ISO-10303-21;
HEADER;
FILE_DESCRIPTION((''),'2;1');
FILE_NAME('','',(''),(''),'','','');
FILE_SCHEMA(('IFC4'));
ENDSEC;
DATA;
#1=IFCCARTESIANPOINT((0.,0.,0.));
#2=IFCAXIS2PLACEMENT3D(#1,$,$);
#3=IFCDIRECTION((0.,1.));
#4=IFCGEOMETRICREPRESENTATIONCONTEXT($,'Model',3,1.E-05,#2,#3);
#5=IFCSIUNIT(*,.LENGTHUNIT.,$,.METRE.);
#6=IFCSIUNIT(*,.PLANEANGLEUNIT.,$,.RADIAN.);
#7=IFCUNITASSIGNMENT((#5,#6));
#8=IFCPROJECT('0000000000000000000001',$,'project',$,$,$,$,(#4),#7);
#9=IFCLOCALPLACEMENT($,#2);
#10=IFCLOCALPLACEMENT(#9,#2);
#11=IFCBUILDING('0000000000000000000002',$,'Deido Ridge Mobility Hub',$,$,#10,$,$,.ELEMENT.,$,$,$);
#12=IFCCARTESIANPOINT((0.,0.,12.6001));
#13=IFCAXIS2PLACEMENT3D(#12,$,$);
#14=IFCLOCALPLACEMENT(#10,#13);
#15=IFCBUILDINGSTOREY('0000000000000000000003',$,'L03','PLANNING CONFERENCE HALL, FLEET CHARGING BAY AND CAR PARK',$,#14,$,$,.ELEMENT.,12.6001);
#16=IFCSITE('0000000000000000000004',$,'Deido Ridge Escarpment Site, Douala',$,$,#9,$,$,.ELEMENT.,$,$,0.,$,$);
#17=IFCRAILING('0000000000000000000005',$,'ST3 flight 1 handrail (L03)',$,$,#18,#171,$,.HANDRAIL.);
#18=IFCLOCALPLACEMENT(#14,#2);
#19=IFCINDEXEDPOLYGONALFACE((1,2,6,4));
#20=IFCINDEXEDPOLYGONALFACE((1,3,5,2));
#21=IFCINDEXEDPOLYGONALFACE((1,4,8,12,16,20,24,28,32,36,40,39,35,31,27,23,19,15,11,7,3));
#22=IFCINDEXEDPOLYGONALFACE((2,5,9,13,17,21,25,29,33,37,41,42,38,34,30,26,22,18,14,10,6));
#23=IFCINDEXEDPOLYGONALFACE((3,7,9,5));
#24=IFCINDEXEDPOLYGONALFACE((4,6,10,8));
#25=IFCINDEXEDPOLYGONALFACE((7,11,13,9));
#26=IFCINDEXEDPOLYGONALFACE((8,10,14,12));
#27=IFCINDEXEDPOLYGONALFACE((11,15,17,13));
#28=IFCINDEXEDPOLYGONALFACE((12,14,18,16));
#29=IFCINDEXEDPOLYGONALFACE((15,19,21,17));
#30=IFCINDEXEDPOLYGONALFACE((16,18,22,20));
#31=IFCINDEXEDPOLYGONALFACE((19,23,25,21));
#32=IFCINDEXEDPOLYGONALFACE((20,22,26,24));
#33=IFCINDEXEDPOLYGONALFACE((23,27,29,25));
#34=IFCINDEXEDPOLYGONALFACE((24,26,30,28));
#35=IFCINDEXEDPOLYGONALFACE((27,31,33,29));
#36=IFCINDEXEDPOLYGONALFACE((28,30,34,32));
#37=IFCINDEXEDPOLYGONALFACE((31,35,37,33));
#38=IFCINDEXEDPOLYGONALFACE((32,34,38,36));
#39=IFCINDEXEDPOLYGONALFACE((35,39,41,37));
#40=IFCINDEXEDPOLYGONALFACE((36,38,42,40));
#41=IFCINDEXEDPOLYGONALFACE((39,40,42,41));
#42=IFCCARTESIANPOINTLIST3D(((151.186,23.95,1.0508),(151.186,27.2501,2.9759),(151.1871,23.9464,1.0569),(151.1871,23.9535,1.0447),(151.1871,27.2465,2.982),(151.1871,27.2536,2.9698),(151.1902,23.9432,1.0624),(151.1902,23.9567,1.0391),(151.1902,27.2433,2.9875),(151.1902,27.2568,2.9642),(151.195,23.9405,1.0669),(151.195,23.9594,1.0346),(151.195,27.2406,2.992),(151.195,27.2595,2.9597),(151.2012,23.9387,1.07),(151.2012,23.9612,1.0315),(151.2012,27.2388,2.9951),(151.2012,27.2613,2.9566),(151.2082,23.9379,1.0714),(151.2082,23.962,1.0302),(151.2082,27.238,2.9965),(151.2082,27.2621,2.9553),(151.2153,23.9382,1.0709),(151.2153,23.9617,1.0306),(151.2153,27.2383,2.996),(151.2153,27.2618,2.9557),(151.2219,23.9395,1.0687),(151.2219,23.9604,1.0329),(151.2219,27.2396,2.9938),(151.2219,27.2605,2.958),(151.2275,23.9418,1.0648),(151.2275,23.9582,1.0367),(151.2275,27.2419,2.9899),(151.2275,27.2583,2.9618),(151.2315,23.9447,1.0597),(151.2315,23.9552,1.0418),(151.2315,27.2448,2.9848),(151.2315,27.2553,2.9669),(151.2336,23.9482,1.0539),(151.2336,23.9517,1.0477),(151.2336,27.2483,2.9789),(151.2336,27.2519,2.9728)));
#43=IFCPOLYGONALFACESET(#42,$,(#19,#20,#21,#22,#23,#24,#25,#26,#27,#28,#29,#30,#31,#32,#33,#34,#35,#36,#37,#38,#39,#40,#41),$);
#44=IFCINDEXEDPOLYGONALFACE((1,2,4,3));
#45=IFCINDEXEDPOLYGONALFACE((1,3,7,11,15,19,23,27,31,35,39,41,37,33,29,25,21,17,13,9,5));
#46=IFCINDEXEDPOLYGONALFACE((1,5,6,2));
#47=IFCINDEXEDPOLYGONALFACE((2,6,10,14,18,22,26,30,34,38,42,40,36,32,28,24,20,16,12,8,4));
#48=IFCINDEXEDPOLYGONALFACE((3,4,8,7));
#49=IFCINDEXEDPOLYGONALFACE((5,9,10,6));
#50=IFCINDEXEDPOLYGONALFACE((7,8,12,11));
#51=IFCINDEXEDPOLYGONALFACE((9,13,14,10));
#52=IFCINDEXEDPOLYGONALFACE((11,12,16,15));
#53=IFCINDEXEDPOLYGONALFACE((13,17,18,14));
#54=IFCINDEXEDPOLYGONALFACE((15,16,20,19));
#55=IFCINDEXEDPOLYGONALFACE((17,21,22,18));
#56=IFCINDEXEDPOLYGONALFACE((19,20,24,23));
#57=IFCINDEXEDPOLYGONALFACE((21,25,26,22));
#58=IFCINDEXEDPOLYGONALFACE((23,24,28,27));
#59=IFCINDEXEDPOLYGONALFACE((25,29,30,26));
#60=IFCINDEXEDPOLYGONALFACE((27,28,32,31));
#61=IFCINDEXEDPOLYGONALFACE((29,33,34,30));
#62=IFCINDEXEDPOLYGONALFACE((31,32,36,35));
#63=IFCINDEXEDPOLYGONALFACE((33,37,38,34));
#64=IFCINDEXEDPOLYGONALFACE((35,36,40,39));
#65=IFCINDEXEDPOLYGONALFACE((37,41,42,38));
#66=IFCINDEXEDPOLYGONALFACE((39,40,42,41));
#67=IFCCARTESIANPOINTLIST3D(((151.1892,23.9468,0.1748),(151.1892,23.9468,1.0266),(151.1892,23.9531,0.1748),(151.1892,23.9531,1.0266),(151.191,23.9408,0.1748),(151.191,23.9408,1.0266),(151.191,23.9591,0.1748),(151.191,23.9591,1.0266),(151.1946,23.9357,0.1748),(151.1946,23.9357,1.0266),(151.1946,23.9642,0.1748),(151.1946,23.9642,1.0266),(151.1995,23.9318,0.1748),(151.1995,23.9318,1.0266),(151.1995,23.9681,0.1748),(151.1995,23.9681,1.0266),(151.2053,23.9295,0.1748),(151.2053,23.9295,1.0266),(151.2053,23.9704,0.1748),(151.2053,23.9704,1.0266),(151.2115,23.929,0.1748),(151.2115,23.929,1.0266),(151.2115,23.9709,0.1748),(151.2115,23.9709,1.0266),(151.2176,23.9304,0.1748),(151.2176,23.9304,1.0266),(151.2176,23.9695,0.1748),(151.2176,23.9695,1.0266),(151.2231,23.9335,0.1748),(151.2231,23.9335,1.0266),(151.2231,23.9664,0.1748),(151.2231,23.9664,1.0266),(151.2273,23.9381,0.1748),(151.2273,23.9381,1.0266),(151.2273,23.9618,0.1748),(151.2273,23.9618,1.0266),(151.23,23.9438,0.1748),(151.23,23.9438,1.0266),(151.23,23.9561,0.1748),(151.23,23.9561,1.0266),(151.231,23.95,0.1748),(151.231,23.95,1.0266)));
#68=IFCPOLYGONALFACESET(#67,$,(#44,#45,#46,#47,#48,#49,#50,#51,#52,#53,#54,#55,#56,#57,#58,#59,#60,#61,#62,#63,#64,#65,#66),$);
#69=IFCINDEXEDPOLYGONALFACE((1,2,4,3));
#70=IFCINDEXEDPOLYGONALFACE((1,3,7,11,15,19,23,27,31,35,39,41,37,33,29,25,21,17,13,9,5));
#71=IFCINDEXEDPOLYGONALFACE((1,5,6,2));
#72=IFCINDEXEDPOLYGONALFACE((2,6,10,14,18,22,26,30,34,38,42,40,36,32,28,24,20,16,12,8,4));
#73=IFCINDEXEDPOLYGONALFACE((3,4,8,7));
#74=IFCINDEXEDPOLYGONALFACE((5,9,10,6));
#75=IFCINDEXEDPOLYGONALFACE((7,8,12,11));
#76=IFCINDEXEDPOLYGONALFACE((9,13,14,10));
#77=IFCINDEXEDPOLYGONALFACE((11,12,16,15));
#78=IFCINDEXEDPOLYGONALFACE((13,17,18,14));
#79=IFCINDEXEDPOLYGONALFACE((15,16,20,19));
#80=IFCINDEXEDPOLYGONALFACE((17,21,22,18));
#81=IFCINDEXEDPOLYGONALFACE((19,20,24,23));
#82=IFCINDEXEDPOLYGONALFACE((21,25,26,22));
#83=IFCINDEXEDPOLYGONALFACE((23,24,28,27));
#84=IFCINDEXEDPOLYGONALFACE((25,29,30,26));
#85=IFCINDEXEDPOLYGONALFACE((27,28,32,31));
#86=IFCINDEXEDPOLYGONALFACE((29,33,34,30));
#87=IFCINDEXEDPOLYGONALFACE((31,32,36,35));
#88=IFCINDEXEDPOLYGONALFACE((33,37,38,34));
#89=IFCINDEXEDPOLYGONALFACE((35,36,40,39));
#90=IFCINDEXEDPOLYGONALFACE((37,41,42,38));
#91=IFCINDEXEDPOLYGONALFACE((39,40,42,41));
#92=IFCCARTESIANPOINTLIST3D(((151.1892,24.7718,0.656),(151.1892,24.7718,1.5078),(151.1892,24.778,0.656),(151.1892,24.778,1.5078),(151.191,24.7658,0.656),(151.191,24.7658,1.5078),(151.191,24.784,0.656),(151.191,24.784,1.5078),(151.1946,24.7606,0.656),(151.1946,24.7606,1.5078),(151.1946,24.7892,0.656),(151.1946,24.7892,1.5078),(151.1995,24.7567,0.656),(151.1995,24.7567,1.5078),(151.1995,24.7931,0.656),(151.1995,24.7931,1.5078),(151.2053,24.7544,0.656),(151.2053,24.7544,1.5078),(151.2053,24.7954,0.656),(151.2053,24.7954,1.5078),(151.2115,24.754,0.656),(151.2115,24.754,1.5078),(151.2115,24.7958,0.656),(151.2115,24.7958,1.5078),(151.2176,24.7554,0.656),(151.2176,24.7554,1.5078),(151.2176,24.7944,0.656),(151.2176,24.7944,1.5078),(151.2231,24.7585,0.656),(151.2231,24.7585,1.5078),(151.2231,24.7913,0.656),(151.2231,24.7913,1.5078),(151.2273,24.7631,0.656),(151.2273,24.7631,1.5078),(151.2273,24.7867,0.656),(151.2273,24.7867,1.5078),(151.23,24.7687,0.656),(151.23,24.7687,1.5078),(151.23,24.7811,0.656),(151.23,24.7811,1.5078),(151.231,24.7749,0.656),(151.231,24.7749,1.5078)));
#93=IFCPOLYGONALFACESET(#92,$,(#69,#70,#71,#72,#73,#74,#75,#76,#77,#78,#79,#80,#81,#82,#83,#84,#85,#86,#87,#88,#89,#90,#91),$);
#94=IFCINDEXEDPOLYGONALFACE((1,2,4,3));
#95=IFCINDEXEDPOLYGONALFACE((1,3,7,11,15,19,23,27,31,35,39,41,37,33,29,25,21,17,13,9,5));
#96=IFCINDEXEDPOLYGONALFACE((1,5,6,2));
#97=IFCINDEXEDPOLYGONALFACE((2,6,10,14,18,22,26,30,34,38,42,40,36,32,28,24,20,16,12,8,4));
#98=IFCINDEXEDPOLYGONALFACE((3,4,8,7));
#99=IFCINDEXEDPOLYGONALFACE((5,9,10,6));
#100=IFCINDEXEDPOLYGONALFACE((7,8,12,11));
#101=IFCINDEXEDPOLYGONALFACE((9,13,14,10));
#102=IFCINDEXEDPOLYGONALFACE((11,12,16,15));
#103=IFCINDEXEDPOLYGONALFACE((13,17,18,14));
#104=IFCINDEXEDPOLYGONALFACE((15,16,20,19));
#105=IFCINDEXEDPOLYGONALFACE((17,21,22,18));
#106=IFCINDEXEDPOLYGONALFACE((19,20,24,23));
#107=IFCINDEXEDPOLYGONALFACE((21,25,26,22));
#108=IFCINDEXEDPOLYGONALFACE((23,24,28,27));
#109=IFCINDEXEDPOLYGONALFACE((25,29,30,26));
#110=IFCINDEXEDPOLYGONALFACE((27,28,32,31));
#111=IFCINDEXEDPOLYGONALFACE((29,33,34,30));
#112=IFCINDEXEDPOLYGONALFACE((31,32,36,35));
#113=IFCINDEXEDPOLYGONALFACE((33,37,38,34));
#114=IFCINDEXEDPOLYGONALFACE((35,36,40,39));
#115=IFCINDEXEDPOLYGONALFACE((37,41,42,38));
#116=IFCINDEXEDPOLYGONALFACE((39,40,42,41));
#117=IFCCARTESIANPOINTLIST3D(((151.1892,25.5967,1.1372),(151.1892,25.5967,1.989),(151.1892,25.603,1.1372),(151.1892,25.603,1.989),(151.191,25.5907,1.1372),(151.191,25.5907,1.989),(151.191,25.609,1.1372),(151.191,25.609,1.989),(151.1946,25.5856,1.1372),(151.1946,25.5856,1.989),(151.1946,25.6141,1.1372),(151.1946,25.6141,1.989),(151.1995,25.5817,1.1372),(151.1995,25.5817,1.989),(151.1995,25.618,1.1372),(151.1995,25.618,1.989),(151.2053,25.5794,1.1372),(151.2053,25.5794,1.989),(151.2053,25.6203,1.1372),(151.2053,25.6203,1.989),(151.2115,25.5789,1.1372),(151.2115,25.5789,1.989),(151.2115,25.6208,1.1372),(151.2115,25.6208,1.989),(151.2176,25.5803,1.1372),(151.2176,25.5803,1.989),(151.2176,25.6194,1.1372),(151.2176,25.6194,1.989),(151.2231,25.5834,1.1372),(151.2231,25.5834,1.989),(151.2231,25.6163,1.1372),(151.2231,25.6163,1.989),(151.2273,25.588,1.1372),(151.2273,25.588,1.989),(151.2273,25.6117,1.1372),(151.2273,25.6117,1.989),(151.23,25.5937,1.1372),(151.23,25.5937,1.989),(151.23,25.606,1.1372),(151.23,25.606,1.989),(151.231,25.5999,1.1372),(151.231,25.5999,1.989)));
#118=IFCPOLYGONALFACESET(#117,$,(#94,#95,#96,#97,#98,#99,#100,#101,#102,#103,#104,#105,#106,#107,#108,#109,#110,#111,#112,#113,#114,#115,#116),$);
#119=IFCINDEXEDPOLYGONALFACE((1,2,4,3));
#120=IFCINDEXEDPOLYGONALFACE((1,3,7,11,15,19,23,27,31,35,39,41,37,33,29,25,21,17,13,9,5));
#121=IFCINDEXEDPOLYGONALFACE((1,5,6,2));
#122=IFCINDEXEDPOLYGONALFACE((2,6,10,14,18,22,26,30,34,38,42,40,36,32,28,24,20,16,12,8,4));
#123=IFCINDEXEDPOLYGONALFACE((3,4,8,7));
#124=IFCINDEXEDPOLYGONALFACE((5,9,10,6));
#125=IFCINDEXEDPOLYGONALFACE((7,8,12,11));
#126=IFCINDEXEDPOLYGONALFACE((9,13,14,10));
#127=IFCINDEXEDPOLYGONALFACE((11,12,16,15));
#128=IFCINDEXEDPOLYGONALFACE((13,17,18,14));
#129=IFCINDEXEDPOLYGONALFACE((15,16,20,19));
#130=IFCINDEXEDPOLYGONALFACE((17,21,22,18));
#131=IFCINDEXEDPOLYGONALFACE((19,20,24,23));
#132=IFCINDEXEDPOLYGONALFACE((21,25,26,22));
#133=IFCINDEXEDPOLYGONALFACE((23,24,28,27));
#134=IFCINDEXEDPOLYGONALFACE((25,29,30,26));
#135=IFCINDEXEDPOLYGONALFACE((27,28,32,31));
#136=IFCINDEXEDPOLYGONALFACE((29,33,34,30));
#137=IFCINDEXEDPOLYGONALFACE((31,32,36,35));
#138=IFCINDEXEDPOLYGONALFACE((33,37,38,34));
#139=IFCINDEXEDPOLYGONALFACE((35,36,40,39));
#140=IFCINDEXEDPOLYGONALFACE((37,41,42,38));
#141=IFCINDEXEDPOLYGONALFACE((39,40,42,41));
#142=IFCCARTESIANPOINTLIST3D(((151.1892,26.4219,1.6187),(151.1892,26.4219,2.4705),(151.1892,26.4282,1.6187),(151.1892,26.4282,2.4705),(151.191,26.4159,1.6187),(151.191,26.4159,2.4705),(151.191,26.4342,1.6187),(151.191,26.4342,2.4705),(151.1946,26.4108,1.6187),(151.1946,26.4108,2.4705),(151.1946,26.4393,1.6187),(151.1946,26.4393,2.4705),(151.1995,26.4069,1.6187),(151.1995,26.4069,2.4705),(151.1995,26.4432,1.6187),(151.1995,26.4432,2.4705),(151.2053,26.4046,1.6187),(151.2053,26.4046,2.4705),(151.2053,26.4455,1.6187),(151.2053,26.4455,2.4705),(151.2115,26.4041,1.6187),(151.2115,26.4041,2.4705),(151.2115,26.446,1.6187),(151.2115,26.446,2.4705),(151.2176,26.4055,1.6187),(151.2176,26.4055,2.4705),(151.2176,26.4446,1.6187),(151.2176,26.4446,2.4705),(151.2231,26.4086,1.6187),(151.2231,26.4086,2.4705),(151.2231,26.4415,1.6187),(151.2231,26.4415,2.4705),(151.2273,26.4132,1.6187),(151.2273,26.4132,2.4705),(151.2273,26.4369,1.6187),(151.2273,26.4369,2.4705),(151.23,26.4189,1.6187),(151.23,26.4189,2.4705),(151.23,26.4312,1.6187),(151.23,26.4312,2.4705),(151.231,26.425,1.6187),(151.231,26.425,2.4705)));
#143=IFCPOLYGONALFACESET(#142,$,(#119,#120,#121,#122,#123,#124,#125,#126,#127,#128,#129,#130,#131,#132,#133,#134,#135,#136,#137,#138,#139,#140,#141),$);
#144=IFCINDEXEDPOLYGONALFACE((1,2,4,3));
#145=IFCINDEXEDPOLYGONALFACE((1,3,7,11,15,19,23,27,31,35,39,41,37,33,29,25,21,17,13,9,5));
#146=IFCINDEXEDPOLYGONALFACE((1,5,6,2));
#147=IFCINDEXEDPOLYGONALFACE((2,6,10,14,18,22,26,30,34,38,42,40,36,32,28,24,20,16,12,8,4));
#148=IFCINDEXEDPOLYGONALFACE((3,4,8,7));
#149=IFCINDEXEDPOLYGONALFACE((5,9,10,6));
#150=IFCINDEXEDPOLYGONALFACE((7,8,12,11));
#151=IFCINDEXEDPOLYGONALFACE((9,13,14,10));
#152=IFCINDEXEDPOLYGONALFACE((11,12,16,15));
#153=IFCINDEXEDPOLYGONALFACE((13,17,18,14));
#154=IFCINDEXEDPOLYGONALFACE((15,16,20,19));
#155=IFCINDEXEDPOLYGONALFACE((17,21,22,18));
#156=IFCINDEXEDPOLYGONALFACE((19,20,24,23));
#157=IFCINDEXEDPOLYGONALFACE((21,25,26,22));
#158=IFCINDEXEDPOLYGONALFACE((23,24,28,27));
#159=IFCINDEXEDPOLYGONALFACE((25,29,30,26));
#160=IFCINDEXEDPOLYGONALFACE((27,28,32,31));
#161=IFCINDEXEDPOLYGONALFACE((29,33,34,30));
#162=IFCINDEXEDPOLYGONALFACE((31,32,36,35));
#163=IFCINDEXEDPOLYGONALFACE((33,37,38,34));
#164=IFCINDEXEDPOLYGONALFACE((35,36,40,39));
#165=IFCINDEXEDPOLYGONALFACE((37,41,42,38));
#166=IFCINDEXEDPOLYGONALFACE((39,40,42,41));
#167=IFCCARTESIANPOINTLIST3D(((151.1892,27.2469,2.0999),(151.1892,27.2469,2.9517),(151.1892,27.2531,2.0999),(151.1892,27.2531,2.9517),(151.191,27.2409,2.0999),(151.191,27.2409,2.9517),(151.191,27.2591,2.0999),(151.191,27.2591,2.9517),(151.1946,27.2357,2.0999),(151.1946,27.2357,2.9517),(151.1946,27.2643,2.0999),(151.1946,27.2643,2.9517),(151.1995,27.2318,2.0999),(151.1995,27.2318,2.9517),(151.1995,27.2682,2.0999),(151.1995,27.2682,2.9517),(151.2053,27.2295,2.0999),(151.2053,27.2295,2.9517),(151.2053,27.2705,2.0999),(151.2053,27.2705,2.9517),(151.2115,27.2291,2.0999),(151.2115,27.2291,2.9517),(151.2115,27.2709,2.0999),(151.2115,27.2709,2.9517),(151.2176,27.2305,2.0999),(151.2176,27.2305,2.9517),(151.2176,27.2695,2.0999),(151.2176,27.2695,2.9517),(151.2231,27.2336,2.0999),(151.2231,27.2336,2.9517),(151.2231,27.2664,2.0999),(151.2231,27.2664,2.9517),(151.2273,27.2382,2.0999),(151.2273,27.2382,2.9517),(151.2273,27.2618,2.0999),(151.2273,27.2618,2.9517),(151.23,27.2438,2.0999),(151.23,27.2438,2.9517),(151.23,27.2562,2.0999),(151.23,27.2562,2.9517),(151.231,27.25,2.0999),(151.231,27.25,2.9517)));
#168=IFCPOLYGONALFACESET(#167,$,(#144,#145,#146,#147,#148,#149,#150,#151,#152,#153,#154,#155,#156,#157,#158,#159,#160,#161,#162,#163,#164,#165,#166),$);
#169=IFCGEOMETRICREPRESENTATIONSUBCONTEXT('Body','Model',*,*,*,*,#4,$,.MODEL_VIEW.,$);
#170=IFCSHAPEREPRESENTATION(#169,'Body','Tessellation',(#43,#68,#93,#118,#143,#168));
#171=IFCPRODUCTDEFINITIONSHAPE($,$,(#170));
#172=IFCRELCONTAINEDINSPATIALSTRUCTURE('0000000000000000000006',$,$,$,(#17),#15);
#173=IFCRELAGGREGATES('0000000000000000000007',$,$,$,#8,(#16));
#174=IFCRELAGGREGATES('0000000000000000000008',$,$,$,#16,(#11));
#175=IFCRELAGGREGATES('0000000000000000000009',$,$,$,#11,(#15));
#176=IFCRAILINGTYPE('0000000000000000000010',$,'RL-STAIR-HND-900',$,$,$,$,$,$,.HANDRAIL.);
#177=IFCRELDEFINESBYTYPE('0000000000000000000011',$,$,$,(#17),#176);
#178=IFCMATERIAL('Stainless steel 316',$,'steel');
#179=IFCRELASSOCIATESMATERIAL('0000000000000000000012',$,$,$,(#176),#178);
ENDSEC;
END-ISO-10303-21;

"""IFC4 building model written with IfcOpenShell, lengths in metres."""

from ifc_helpers import new_model, si_unit, direction, frame, origin, origin_2d, place, context, subcontext, project, spatial, circle, extrude, material, type_object, element, save


model = new_model("IFC4")

# Units and contexts
model_context = context("Model", 3, precision=1e-05, world=origin(), true_north=direction((0.0, 1.0)))
body_context = subcontext(model_context, "Body", "Model", "MODEL_VIEW")
ifc_project = project(units=[si_unit("LENGTHUNIT", "METRE"), si_unit("PLANEANGLEUNIT", "RADIAN")], contexts=[model_context])

# Site, building, storey
site_placement = place(None, origin())
site = spatial("IfcSite", under=ifc_project, at=site_placement, Name="Deido Ridge Escarpment Site, Douala", CompositionType="ELEMENT", RefElevation=0.0)
building_placement = place(site_placement, origin())
building = spatial("IfcBuilding", under=site, at=building_placement, Name="Deido Ridge Mobility Hub", CompositionType="ELEMENT")
storey_placement = place(building_placement, frame((0.0, 0.0, 12.6001)))
storey = spatial("IfcBuildingStorey", under=building, at=storey_placement, Name="L03", Description="PLANNING CONFERENCE HALL, FLEET CHARGING BAY AND CAR PARK", CompositionType="ELEMENT", Elevation=12.6001)

# Railing
ifc_material_1 = material(Name="Stainless steel 316", Category="steel")
railing_type_1 = type_object("IfcRailingType", Name="RL-STAIR-HND-900", PredefinedType="HANDRAIL", material=ifc_material_1)
railing_1_placement = place(storey_placement, frame((151.21, 23.95, 0.1748)))
element("IfcRailing", 1, at=railing_1_placement, inside=storey, type_object=railing_type_1, Name="ST3 flight 1 handrail (L03)", PredefinedType="HANDRAIL", context=body_context, shape_type="SweptSolid", body=[
    extrude(circle(Radius=0.0239, at=origin_2d()), frame((0.0, 0.0, 0.876), z_axis=(0.0, 0.863777, 0.503875), x_axis=(-1.0, 0.0, 0.0)), (0.0, 0.0, 1.0), 3.8206),
    extrude(circle(Radius=0.021, at=origin_2d()), origin(), (0.0, 0.0, 1.0), 0.8518),
    extrude(circle(Radius=0.021, at=origin_2d()), frame((0.0, 0.825, 0.4812)), (0.0, 0.0, 1.0), 0.8518),
    extrude(circle(Radius=0.021, at=origin_2d()), frame((0.0, 1.6499, 0.9624)), (0.0, 0.0, 1.0), 0.8518),
    extrude(circle(Radius=0.021, at=origin_2d()), frame((0.0, 2.4751, 1.4438)), (0.0, 0.0, 1.0), 0.8518),
    extrude(circle(Radius=0.021, at=origin_2d()), frame((0.0, 3.3, 1.925)), (0.0, 0.0, 1.0), 0.8518),
])

save(model, "model.ifc")
